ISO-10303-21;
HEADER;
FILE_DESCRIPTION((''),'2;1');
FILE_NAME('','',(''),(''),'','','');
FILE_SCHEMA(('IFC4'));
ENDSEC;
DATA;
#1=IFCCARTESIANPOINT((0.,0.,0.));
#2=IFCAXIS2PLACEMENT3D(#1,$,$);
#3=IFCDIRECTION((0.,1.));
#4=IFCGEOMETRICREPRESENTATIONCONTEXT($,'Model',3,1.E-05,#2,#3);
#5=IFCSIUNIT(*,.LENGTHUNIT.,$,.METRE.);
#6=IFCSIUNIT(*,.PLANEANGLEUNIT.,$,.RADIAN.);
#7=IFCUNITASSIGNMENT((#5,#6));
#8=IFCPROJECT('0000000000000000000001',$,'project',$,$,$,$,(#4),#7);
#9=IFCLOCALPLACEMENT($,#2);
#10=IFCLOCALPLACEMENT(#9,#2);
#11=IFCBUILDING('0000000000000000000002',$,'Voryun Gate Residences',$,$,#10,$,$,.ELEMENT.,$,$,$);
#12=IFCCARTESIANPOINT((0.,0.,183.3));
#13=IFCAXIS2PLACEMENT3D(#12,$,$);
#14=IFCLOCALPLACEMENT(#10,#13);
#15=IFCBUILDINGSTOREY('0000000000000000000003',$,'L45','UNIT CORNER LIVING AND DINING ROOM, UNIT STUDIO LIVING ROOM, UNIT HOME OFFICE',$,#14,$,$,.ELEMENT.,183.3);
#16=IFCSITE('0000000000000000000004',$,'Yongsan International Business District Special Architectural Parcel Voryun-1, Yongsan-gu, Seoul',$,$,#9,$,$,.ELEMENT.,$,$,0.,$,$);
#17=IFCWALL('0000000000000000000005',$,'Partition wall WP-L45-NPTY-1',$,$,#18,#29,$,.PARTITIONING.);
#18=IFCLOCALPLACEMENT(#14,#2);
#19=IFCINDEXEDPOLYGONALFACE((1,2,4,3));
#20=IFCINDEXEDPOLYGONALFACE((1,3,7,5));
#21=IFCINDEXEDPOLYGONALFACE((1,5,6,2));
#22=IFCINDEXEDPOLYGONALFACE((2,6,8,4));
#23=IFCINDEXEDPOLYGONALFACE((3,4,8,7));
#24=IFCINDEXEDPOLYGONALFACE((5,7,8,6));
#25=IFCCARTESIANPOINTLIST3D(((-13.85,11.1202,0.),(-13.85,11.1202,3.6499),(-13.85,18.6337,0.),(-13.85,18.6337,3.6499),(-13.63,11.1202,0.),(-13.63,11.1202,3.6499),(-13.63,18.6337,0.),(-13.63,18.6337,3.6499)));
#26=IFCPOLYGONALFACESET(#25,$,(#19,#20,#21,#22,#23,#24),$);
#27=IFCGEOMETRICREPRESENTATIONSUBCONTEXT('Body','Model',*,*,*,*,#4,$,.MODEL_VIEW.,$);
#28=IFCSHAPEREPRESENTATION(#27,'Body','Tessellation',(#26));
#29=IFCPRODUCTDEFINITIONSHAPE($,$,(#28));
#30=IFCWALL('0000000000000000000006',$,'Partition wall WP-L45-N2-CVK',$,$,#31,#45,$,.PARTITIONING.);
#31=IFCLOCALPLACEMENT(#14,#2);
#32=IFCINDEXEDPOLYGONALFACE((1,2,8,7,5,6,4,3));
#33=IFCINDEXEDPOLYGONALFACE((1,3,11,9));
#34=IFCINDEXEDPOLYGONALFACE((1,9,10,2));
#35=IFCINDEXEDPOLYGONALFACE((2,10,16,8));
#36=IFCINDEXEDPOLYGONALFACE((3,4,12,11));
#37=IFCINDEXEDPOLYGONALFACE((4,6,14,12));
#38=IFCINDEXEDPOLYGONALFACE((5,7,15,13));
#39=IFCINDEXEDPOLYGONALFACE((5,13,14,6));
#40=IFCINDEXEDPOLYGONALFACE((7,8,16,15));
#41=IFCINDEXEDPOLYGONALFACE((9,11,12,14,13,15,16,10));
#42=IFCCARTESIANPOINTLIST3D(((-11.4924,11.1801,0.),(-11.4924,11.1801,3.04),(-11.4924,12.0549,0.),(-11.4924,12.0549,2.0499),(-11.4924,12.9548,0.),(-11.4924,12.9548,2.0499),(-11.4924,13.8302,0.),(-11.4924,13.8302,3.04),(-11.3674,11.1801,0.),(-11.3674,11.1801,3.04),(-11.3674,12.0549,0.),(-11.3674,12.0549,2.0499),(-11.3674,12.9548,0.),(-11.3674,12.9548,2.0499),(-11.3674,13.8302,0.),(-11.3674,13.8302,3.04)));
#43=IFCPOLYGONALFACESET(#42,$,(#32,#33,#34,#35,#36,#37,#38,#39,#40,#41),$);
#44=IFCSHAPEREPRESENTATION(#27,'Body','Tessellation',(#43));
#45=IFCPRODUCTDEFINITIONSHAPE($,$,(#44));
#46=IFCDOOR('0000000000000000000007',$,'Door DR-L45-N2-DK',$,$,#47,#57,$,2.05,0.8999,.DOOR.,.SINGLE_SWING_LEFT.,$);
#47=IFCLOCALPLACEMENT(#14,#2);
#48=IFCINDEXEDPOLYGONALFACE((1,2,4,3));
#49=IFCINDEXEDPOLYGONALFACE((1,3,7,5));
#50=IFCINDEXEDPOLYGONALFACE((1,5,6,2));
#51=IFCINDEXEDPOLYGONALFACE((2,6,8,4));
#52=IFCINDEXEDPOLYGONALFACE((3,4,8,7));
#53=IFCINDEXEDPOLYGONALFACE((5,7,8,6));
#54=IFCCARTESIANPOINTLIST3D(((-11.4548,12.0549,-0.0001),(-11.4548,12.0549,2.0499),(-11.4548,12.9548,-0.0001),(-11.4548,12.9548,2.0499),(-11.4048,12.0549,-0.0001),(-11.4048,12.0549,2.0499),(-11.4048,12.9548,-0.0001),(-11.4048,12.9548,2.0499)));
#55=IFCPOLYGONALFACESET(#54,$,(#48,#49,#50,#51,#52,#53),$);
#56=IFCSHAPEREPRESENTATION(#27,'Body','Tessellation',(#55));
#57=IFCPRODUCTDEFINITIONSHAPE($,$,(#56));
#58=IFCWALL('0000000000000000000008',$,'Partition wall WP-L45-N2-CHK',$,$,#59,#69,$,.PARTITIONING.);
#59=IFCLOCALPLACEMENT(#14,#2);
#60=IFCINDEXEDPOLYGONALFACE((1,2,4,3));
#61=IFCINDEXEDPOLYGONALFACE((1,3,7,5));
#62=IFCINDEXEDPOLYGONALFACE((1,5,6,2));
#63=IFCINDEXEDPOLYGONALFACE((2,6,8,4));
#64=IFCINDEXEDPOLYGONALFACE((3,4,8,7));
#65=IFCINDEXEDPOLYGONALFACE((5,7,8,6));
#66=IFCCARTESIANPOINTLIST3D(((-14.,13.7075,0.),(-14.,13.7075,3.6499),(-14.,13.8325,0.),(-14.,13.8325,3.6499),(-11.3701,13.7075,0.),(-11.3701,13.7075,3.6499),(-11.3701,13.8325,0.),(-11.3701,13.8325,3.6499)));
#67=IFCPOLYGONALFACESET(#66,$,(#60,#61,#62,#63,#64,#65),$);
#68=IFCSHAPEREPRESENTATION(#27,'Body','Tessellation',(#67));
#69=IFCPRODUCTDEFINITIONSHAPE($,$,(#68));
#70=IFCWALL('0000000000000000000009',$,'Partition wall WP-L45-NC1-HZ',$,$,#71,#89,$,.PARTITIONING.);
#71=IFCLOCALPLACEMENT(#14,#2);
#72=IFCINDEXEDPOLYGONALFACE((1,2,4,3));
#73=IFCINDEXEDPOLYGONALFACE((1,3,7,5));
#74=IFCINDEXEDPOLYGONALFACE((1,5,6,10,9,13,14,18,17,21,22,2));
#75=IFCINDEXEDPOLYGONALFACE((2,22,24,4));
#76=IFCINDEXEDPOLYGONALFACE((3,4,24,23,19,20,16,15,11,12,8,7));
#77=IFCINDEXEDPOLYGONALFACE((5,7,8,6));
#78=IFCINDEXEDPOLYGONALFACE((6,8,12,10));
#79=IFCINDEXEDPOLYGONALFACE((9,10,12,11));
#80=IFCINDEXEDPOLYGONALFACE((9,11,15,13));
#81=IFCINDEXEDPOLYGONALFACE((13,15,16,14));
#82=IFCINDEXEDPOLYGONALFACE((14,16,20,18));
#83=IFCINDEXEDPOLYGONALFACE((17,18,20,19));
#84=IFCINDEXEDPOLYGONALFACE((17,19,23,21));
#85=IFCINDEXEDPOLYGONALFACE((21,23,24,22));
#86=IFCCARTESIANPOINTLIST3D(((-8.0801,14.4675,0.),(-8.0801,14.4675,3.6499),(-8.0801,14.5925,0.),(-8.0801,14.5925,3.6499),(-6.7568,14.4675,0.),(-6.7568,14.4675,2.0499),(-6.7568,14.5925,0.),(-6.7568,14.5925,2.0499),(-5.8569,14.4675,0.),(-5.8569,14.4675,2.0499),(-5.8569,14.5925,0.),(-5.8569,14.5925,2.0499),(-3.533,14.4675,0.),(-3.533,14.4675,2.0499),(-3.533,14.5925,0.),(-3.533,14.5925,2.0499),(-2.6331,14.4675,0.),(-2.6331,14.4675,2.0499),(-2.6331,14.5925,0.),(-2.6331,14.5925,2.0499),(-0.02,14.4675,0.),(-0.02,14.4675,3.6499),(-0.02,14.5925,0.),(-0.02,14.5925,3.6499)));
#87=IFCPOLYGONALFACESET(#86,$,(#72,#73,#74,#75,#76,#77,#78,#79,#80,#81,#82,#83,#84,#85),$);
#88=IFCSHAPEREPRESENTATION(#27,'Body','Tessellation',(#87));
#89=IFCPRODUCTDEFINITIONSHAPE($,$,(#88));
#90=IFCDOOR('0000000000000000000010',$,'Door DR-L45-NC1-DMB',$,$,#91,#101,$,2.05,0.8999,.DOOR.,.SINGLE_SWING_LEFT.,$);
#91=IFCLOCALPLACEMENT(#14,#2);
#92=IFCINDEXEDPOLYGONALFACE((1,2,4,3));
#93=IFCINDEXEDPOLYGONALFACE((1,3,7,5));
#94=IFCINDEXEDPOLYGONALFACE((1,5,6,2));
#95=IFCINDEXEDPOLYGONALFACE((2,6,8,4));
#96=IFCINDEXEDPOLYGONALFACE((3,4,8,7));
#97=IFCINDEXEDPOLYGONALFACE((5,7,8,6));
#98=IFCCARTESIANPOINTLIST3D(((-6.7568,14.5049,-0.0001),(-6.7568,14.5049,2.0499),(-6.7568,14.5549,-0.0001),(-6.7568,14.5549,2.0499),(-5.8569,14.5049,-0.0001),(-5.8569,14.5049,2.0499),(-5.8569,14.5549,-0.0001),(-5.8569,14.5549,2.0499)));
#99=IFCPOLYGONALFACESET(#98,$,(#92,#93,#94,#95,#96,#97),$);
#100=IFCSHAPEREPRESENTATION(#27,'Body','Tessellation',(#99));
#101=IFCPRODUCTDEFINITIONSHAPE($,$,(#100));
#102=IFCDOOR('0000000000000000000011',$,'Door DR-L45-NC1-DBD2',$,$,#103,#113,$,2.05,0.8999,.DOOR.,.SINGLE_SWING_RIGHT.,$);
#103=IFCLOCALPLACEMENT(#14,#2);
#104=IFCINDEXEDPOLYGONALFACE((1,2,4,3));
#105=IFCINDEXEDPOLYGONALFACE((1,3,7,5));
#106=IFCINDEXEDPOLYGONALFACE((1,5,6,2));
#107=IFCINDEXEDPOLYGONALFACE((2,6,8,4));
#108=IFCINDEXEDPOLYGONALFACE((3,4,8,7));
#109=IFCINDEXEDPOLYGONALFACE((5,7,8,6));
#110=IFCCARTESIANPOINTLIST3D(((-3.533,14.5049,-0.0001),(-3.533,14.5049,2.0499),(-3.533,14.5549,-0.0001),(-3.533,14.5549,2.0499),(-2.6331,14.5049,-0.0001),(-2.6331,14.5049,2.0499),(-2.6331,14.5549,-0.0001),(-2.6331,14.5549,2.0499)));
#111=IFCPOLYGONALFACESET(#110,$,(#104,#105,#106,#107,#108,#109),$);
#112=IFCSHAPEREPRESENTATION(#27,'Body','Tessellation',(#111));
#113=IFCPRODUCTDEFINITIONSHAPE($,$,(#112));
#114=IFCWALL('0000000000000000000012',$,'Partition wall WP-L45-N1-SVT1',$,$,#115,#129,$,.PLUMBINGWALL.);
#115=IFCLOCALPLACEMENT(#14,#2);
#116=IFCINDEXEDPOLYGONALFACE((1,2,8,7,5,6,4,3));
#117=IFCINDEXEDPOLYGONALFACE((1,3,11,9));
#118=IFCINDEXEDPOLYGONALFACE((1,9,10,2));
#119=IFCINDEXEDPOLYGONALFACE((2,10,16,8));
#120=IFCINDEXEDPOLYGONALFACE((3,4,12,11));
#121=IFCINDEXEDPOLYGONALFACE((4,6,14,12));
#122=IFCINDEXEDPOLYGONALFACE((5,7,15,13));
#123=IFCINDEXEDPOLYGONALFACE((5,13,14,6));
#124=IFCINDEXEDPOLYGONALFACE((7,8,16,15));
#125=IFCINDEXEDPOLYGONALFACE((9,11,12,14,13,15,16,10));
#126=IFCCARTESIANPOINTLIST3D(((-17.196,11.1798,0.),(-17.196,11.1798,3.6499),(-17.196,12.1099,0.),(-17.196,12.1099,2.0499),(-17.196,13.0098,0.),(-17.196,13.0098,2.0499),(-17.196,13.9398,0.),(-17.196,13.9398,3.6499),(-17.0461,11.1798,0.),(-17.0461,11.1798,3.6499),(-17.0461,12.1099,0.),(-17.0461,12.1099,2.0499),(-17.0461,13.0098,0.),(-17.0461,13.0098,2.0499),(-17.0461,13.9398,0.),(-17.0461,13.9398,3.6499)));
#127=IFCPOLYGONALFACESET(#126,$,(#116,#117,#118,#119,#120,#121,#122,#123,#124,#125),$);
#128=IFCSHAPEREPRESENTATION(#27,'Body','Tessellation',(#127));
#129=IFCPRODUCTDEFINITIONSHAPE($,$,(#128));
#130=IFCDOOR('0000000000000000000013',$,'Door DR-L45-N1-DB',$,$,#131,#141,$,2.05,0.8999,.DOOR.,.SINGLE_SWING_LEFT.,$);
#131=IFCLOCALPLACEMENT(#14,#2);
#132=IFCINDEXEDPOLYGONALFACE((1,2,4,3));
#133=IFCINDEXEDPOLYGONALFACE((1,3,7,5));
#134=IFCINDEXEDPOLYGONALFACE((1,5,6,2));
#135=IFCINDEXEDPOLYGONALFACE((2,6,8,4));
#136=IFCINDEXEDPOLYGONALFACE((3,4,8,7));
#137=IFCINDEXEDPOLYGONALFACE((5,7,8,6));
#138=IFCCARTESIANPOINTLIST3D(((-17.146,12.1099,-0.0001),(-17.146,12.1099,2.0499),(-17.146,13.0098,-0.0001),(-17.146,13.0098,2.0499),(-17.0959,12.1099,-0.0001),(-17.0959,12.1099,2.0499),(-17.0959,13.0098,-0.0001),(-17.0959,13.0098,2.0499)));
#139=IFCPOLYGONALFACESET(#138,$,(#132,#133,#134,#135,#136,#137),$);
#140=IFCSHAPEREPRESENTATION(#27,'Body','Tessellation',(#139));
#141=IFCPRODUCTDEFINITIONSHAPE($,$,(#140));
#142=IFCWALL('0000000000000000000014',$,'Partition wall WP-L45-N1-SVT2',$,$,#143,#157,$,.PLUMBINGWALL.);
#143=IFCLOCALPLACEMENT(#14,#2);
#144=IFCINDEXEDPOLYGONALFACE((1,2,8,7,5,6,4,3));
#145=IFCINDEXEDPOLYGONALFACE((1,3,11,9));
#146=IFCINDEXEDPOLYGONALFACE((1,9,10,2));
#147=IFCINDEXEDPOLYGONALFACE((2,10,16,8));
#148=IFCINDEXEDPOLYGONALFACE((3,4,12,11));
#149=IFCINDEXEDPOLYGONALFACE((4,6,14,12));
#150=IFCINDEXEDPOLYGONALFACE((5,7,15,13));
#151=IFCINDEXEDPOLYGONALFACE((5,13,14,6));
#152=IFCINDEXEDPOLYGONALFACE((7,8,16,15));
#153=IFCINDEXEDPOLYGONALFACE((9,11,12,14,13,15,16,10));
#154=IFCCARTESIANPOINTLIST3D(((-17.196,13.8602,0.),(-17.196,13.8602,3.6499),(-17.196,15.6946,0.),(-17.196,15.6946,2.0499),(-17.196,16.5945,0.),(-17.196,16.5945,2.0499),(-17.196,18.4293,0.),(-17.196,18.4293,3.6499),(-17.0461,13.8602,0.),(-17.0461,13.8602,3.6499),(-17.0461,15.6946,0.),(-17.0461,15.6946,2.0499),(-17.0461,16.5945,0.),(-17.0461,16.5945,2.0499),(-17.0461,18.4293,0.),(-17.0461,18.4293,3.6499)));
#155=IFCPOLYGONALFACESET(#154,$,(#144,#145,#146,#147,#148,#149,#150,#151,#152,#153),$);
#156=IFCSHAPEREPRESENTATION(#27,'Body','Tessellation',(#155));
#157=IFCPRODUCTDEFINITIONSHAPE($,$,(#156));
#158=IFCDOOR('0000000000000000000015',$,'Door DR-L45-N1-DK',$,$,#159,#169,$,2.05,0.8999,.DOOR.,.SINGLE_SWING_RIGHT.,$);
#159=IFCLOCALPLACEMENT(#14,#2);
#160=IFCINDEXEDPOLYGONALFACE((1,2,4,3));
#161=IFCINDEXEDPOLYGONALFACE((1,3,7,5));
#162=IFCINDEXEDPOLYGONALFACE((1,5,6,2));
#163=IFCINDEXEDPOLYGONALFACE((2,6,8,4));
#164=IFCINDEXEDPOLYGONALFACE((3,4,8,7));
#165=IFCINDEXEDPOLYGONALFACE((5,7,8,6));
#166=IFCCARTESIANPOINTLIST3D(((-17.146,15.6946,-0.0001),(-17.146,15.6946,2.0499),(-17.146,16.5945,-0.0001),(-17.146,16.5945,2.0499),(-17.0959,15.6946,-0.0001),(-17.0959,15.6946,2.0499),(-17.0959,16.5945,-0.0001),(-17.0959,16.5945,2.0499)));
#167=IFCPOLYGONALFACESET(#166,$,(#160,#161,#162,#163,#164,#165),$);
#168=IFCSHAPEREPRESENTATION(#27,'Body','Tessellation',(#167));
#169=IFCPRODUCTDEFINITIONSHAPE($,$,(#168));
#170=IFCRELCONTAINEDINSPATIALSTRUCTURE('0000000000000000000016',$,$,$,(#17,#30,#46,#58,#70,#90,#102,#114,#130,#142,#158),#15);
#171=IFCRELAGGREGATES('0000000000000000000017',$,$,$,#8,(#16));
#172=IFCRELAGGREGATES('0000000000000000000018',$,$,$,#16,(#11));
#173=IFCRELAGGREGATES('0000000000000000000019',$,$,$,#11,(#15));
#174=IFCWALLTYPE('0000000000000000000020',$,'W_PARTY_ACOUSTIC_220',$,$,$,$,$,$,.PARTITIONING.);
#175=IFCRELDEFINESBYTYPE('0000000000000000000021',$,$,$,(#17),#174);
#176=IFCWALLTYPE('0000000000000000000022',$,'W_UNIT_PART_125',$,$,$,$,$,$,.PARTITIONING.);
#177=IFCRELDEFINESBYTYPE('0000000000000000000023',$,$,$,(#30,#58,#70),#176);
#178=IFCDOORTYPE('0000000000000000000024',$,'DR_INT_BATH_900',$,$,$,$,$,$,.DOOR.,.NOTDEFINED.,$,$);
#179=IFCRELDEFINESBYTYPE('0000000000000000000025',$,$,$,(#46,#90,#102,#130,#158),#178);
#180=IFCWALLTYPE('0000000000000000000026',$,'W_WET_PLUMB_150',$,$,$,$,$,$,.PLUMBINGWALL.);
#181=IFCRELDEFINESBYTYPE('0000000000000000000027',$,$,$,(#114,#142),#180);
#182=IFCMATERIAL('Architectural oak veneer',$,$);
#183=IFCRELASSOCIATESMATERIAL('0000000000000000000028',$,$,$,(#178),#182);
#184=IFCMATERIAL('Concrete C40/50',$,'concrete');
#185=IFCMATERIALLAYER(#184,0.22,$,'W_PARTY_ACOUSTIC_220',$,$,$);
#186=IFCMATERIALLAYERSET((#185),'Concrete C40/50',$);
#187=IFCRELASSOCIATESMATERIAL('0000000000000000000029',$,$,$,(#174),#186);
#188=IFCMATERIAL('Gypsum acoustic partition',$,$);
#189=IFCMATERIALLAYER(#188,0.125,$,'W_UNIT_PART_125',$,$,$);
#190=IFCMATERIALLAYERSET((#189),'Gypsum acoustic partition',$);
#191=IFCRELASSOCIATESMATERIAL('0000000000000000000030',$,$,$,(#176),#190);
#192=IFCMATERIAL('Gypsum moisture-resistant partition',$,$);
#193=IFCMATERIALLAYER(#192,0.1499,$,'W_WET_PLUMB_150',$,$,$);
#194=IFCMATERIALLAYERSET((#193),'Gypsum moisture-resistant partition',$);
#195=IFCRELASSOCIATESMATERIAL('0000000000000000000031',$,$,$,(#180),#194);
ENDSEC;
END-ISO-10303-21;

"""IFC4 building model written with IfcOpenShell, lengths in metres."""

from ifc_helpers import new_model, si_unit, direction, frame, frame_2d, origin, place, context, subcontext, project, spatial, rectangle, extrude, material, layer, layer_set, type_object, element, fill, save


model = new_model("IFC4")

# Units and contexts
model_context = context("Model", 3, precision=1e-05, world=origin(), true_north=direction((0.0, 1.0)))
body_context = subcontext(model_context, "Body", "Model", "MODEL_VIEW")
ifc_project = project(units=[si_unit("LENGTHUNIT", "METRE"), si_unit("PLANEANGLEUNIT", "RADIAN")], contexts=[model_context])

# Site, building, storey
site_placement = place(None, origin())
site = spatial("IfcSite", under=ifc_project, at=site_placement, Name="Yongsan International Business District Special Architectural Parcel Voryun-1, Yongsan-gu, Seoul", CompositionType="ELEMENT", RefElevation=0.0)
building_placement = place(site_placement, origin())
building = spatial("IfcBuilding", under=site, at=building_placement, Name="Voryun Gate Residences", CompositionType="ELEMENT")
storey_placement = place(building_placement, frame((0.0, 0.0, 183.3)))
storey = spatial("IfcBuildingStorey", under=building, at=storey_placement, Name="L45", Description="UNIT CORNER LIVING AND DINING ROOM, UNIT STUDIO LIVING ROOM, UNIT HOME OFFICE", CompositionType="ELEMENT", Elevation=183.3)

# Shared definitions
ifc_material_1 = material(Name="Architectural oak veneer")
door_type = type_object("IfcDoorType", Name="DR_INT_BATH_900", OperationType="NOTDEFINED", PredefinedType="DOOR", material=ifc_material_1)

# Wall
ifc_material_2 = material(Name="Concrete C40/50", Category="concrete")
ifc_layer_1 = layer(ifc_material_2, 0.22, Name="W_PARTY_ACOUSTIC_220")
ifc_layer_set_1 = layer_set([ifc_layer_1], Name="Concrete C40/50")
wall_type_1 = type_object("IfcWallType", Name="W_PARTY_ACOUSTIC_220", PredefinedType="PARTITIONING", material=ifc_layer_set_1)
wall_1_placement = place(storey_placement, frame((-13.74, 11.1201, 0.0), z_axis=(0.0, 0.0, 1.0), x_axis=(0.0, 1.0, 0.0)))
element("IfcWall", 1, at=wall_1_placement, inside=storey, type_object=wall_type_1, Name="Partition wall WP-L45-NPTY-1", PredefinedType="PARTITIONING", context=body_context, shape_type="SweptSolid", body=[
    extrude(rectangle(XDim=7.5134, YDim=0.22, at=frame_2d((3.7568, 0.0))), origin(), (0.0, 0.0, 1.0), 3.6499),
])

# Wall, opening, door
ifc_material_3 = material(Name="Gypsum acoustic partition")
ifc_layer_2 = layer(ifc_material_3, 0.125, Name="W_UNIT_PART_125")
ifc_layer_set_2 = layer_set([ifc_layer_2], Name="Gypsum acoustic partition")
wall_type_2 = type_object("IfcWallType", Name="W_UNIT_PART_125", PredefinedType="PARTITIONING", material=ifc_layer_set_2)
wall_2_placement = place(storey_placement, frame((-11.4299, 11.1799, 0.0), z_axis=(0.0, 0.0, 1.0), x_axis=(0.0, 1.0, 0.0)))
wall_2 = element("IfcWall", 2, at=wall_2_placement, inside=storey, type_object=wall_type_2, Name="Partition wall WP-L45-N2-CVK", PredefinedType="PARTITIONING", context=body_context, shape_type="SweptSolid", body=[
    extrude(rectangle(XDim=2.6501, YDim=0.125, at=frame_2d((1.3252, 0.0))), origin(), (0.0, 0.0, 1.0), 3.04),
])
opening_1_placement = place(wall_2_placement, frame((0.875, 0.0, 0.0)))
opening_1 = element("IfcOpeningElement", 3, at=opening_1_placement, cuts=wall_2, PredefinedType="OPENING", context=body_context, shape_type="SweptSolid", body=[
    extrude(rectangle(XDim=0.8999, YDim=2.05, at=frame_2d((0.45, 1.0249))), frame((0.0, 0.0725, 0.0), z_axis=(0.0, -1.0, 0.0), x_axis=(1.0, 0.0, 0.0)), (0.0, 0.0, 1.0), 0.145),
])
door_1_placement = place(opening_1_placement, origin())
door_1 = element("IfcDoor", 4, at=door_1_placement, inside=storey, type_object=door_type, Name="Door DR-L45-N2-DK", OperationType="SINGLE_SWING_LEFT", OverallHeight=2.05, OverallWidth=0.8999, PredefinedType="DOOR", context=body_context, shape_type="SweptSolid", body=[
    extrude(rectangle(XDim=0.8999, YDim=2.05, at=frame_2d((0.45, 1.0249))), frame((0.0, 0.0249, 0.0), z_axis=(0.0, -1.0, 0.0), x_axis=(1.0, 0.0, 0.0)), (0.0, 0.0, 1.0), 0.05),
])
fill(opening_1, door_1)

# Wall
wall_3_placement = place(storey_placement, frame((-14.0, 13.77, 0.0), z_axis=(0.0, 0.0, 1.0), x_axis=(1.0, 0.0, 0.0)))
element("IfcWall", 5, at=wall_3_placement, inside=storey, type_object=wall_type_2, Name="Partition wall WP-L45-N2-CHK", PredefinedType="PARTITIONING", context=body_context, shape_type="SweptSolid", body=[
    extrude(rectangle(XDim=2.6299, YDim=0.125, at=frame_2d((1.3149, 0.0))), origin(), (0.0, 0.0, 1.0), 3.6499),
])

# Wall, openings, doors
wall_4_placement = place(storey_placement, frame((-8.0801, 14.53, 0.0), z_axis=(0.0, 0.0, 1.0), x_axis=(1.0, 0.0, 0.0)))
wall_4 = element("IfcWall", 6, at=wall_4_placement, inside=storey, type_object=wall_type_2, Name="Partition wall WP-L45-NC1-HZ", PredefinedType="PARTITIONING", context=body_context, shape_type="SweptSolid", body=[
    extrude(rectangle(XDim=8.0601, YDim=0.125, at=frame_2d((4.03, 0.0))), origin(), (0.0, 0.0, 1.0), 3.6499),
])
opening_2_placement = place(wall_4_placement, frame((1.3232, 0.0, 0.0)))
opening_2 = element("IfcOpeningElement", 7, at=opening_2_placement, cuts=wall_4, PredefinedType="OPENING", context=body_context, shape_type="SweptSolid", body=[
    extrude(rectangle(XDim=0.8999, YDim=2.05, at=frame_2d((0.45, 1.0249))), frame((0.0, 0.0725, 0.0), z_axis=(0.0, -1.0, 0.0), x_axis=(1.0, 0.0, 0.0)), (0.0, 0.0, 1.0), 0.145),
])
opening_3_placement = place(wall_4_placement, frame((4.5471, 0.0, 0.0)))
opening_3 = element("IfcOpeningElement", 8, at=opening_3_placement, cuts=wall_4, PredefinedType="OPENING", context=body_context, shape_type="SweptSolid", body=[
    extrude(rectangle(XDim=0.8999, YDim=2.05, at=frame_2d((0.45, 1.0249))), frame((0.0, 0.0725, 0.0), z_axis=(0.0, -1.0, 0.0), x_axis=(1.0, 0.0, 0.0)), (0.0, 0.0, 1.0), 0.145),
])
door_2_placement = place(opening_2_placement, origin())
door_2 = element("IfcDoor", 9, at=door_2_placement, inside=storey, type_object=door_type, Name="Door DR-L45-NC1-DMB", OperationType="SINGLE_SWING_LEFT", OverallHeight=2.05, OverallWidth=0.8999, PredefinedType="DOOR", context=body_context, shape_type="SweptSolid", body=[
    extrude(rectangle(XDim=0.8999, YDim=2.05, at=frame_2d((0.45, 1.0249))), frame((0.0, 0.0249, 0.0), z_axis=(0.0, -1.0, 0.0), x_axis=(1.0, 0.0, 0.0)), (0.0, 0.0, 1.0), 0.05),
])
fill(opening_2, door_2)
door_3_placement = place(opening_3_placement, origin())
door_3 = element("IfcDoor", 10, at=door_3_placement, inside=storey, type_object=door_type, Name="Door DR-L45-NC1-DBD2", OperationType="SINGLE_SWING_RIGHT", OverallHeight=2.05, OverallWidth=0.8999, PredefinedType="DOOR", context=body_context, shape_type="SweptSolid", body=[
    extrude(rectangle(XDim=0.8999, YDim=2.05, at=frame_2d((0.45, 1.0249))), frame((0.0, 0.0249, 0.0), z_axis=(0.0, -1.0, 0.0), x_axis=(1.0, 0.0, 0.0)), (0.0, 0.0, 1.0), 0.05),
])
fill(opening_3, door_3)

# Walls, openings, doors
ifc_material_4 = material(Name="Gypsum moisture-resistant partition")
ifc_layer_3 = layer(ifc_material_4, 0.1499, Name="W_WET_PLUMB_150")
ifc_layer_set_3 = layer_set([ifc_layer_3], Name="Gypsum moisture-resistant partition")
wall_type_3 = type_object("IfcWallType", Name="W_WET_PLUMB_150", PredefinedType="PLUMBINGWALL", material=ifc_layer_set_3)
wall_5_placement = place(storey_placement, frame((-17.1211, 11.1799, 0.0), z_axis=(0.0, 0.0, 1.0), x_axis=(0.0, 1.0, 0.0)))
wall_5 = element("IfcWall", 11, at=wall_5_placement, inside=storey, type_object=wall_type_3, Name="Partition wall WP-L45-N1-SVT1", PredefinedType="PLUMBINGWALL", context=body_context, shape_type="SweptSolid", body=[
    extrude(rectangle(XDim=2.76, YDim=0.1499, at=frame_2d((1.3799, 0.0))), origin(), (0.0, 0.0, 1.0), 3.6499),
])
opening_4_placement = place(wall_5_placement, frame((0.9299, 0.0, 0.0)))
opening_4 = element("IfcOpeningElement", 12, at=opening_4_placement, cuts=wall_5, PredefinedType="OPENING", context=body_context, shape_type="SweptSolid", body=[
    extrude(rectangle(XDim=0.8999, YDim=2.05, at=frame_2d((0.45, 1.0249))), frame((0.0, 0.085, 0.0), z_axis=(0.0, -1.0, 0.0), x_axis=(1.0, 0.0, 0.0)), (0.0, 0.0, 1.0), 0.1699),
])
door_4_placement = place(opening_4_placement, origin())
door_4 = element("IfcDoor", 13, at=door_4_placement, inside=storey, type_object=door_type, Name="Door DR-L45-N1-DB", OperationType="SINGLE_SWING_LEFT", OverallHeight=2.05, OverallWidth=0.8999, PredefinedType="DOOR", context=body_context, shape_type="SweptSolid", body=[
    extrude(rectangle(XDim=0.8999, YDim=2.05, at=frame_2d((0.45, 1.0249))), frame((0.0, 0.0249, 0.0), z_axis=(0.0, -1.0, 0.0), x_axis=(1.0, 0.0, 0.0)), (0.0, 0.0, 1.0), 0.05),
])
fill(opening_4, door_4)
wall_6_placement = place(storey_placement, frame((-17.1211, 13.8601, 0.0), z_axis=(0.0, 0.0, 1.0), x_axis=(0.0, 1.0, 0.0)))
wall_6 = element("IfcWall", 14, at=wall_6_placement, inside=storey, type_object=wall_type_3, Name="Partition wall WP-L45-N1-SVT2", PredefinedType="PLUMBINGWALL", context=body_context, shape_type="SweptSolid", body=[
    extrude(rectangle(XDim=4.5691, YDim=0.1499, at=frame_2d((2.2847, 0.0))), origin(), (0.0, 0.0, 1.0), 3.6499),
])
opening_5_placement = place(wall_6_placement, frame((1.8345, 0.0, 0.0)))
opening_5 = element("IfcOpeningElement", 15, at=opening_5_placement, cuts=wall_6, PredefinedType="OPENING", context=body_context, shape_type="SweptSolid", body=[
    extrude(rectangle(XDim=0.8999, YDim=2.05, at=frame_2d((0.45, 1.0249))), frame((0.0, 0.085, 0.0), z_axis=(0.0, -1.0, 0.0), x_axis=(1.0, 0.0, 0.0)), (0.0, 0.0, 1.0), 0.1699),
])
door_5_placement = place(opening_5_placement, origin())
door_5 = element("IfcDoor", 16, at=door_5_placement, inside=storey, type_object=door_type, Name="Door DR-L45-N1-DK", OperationType="SINGLE_SWING_RIGHT", OverallHeight=2.05, OverallWidth=0.8999, PredefinedType="DOOR", context=body_context, shape_type="SweptSolid", body=[
    extrude(rectangle(XDim=0.8999, YDim=2.05, at=frame_2d((0.45, 1.0249))), frame((0.0, 0.0249, 0.0), z_axis=(0.0, -1.0, 0.0), x_axis=(1.0, 0.0, 0.0)), (0.0, 0.0, 1.0), 0.05),
])
fill(opening_5, door_5)

save(model, "model.ifc")
